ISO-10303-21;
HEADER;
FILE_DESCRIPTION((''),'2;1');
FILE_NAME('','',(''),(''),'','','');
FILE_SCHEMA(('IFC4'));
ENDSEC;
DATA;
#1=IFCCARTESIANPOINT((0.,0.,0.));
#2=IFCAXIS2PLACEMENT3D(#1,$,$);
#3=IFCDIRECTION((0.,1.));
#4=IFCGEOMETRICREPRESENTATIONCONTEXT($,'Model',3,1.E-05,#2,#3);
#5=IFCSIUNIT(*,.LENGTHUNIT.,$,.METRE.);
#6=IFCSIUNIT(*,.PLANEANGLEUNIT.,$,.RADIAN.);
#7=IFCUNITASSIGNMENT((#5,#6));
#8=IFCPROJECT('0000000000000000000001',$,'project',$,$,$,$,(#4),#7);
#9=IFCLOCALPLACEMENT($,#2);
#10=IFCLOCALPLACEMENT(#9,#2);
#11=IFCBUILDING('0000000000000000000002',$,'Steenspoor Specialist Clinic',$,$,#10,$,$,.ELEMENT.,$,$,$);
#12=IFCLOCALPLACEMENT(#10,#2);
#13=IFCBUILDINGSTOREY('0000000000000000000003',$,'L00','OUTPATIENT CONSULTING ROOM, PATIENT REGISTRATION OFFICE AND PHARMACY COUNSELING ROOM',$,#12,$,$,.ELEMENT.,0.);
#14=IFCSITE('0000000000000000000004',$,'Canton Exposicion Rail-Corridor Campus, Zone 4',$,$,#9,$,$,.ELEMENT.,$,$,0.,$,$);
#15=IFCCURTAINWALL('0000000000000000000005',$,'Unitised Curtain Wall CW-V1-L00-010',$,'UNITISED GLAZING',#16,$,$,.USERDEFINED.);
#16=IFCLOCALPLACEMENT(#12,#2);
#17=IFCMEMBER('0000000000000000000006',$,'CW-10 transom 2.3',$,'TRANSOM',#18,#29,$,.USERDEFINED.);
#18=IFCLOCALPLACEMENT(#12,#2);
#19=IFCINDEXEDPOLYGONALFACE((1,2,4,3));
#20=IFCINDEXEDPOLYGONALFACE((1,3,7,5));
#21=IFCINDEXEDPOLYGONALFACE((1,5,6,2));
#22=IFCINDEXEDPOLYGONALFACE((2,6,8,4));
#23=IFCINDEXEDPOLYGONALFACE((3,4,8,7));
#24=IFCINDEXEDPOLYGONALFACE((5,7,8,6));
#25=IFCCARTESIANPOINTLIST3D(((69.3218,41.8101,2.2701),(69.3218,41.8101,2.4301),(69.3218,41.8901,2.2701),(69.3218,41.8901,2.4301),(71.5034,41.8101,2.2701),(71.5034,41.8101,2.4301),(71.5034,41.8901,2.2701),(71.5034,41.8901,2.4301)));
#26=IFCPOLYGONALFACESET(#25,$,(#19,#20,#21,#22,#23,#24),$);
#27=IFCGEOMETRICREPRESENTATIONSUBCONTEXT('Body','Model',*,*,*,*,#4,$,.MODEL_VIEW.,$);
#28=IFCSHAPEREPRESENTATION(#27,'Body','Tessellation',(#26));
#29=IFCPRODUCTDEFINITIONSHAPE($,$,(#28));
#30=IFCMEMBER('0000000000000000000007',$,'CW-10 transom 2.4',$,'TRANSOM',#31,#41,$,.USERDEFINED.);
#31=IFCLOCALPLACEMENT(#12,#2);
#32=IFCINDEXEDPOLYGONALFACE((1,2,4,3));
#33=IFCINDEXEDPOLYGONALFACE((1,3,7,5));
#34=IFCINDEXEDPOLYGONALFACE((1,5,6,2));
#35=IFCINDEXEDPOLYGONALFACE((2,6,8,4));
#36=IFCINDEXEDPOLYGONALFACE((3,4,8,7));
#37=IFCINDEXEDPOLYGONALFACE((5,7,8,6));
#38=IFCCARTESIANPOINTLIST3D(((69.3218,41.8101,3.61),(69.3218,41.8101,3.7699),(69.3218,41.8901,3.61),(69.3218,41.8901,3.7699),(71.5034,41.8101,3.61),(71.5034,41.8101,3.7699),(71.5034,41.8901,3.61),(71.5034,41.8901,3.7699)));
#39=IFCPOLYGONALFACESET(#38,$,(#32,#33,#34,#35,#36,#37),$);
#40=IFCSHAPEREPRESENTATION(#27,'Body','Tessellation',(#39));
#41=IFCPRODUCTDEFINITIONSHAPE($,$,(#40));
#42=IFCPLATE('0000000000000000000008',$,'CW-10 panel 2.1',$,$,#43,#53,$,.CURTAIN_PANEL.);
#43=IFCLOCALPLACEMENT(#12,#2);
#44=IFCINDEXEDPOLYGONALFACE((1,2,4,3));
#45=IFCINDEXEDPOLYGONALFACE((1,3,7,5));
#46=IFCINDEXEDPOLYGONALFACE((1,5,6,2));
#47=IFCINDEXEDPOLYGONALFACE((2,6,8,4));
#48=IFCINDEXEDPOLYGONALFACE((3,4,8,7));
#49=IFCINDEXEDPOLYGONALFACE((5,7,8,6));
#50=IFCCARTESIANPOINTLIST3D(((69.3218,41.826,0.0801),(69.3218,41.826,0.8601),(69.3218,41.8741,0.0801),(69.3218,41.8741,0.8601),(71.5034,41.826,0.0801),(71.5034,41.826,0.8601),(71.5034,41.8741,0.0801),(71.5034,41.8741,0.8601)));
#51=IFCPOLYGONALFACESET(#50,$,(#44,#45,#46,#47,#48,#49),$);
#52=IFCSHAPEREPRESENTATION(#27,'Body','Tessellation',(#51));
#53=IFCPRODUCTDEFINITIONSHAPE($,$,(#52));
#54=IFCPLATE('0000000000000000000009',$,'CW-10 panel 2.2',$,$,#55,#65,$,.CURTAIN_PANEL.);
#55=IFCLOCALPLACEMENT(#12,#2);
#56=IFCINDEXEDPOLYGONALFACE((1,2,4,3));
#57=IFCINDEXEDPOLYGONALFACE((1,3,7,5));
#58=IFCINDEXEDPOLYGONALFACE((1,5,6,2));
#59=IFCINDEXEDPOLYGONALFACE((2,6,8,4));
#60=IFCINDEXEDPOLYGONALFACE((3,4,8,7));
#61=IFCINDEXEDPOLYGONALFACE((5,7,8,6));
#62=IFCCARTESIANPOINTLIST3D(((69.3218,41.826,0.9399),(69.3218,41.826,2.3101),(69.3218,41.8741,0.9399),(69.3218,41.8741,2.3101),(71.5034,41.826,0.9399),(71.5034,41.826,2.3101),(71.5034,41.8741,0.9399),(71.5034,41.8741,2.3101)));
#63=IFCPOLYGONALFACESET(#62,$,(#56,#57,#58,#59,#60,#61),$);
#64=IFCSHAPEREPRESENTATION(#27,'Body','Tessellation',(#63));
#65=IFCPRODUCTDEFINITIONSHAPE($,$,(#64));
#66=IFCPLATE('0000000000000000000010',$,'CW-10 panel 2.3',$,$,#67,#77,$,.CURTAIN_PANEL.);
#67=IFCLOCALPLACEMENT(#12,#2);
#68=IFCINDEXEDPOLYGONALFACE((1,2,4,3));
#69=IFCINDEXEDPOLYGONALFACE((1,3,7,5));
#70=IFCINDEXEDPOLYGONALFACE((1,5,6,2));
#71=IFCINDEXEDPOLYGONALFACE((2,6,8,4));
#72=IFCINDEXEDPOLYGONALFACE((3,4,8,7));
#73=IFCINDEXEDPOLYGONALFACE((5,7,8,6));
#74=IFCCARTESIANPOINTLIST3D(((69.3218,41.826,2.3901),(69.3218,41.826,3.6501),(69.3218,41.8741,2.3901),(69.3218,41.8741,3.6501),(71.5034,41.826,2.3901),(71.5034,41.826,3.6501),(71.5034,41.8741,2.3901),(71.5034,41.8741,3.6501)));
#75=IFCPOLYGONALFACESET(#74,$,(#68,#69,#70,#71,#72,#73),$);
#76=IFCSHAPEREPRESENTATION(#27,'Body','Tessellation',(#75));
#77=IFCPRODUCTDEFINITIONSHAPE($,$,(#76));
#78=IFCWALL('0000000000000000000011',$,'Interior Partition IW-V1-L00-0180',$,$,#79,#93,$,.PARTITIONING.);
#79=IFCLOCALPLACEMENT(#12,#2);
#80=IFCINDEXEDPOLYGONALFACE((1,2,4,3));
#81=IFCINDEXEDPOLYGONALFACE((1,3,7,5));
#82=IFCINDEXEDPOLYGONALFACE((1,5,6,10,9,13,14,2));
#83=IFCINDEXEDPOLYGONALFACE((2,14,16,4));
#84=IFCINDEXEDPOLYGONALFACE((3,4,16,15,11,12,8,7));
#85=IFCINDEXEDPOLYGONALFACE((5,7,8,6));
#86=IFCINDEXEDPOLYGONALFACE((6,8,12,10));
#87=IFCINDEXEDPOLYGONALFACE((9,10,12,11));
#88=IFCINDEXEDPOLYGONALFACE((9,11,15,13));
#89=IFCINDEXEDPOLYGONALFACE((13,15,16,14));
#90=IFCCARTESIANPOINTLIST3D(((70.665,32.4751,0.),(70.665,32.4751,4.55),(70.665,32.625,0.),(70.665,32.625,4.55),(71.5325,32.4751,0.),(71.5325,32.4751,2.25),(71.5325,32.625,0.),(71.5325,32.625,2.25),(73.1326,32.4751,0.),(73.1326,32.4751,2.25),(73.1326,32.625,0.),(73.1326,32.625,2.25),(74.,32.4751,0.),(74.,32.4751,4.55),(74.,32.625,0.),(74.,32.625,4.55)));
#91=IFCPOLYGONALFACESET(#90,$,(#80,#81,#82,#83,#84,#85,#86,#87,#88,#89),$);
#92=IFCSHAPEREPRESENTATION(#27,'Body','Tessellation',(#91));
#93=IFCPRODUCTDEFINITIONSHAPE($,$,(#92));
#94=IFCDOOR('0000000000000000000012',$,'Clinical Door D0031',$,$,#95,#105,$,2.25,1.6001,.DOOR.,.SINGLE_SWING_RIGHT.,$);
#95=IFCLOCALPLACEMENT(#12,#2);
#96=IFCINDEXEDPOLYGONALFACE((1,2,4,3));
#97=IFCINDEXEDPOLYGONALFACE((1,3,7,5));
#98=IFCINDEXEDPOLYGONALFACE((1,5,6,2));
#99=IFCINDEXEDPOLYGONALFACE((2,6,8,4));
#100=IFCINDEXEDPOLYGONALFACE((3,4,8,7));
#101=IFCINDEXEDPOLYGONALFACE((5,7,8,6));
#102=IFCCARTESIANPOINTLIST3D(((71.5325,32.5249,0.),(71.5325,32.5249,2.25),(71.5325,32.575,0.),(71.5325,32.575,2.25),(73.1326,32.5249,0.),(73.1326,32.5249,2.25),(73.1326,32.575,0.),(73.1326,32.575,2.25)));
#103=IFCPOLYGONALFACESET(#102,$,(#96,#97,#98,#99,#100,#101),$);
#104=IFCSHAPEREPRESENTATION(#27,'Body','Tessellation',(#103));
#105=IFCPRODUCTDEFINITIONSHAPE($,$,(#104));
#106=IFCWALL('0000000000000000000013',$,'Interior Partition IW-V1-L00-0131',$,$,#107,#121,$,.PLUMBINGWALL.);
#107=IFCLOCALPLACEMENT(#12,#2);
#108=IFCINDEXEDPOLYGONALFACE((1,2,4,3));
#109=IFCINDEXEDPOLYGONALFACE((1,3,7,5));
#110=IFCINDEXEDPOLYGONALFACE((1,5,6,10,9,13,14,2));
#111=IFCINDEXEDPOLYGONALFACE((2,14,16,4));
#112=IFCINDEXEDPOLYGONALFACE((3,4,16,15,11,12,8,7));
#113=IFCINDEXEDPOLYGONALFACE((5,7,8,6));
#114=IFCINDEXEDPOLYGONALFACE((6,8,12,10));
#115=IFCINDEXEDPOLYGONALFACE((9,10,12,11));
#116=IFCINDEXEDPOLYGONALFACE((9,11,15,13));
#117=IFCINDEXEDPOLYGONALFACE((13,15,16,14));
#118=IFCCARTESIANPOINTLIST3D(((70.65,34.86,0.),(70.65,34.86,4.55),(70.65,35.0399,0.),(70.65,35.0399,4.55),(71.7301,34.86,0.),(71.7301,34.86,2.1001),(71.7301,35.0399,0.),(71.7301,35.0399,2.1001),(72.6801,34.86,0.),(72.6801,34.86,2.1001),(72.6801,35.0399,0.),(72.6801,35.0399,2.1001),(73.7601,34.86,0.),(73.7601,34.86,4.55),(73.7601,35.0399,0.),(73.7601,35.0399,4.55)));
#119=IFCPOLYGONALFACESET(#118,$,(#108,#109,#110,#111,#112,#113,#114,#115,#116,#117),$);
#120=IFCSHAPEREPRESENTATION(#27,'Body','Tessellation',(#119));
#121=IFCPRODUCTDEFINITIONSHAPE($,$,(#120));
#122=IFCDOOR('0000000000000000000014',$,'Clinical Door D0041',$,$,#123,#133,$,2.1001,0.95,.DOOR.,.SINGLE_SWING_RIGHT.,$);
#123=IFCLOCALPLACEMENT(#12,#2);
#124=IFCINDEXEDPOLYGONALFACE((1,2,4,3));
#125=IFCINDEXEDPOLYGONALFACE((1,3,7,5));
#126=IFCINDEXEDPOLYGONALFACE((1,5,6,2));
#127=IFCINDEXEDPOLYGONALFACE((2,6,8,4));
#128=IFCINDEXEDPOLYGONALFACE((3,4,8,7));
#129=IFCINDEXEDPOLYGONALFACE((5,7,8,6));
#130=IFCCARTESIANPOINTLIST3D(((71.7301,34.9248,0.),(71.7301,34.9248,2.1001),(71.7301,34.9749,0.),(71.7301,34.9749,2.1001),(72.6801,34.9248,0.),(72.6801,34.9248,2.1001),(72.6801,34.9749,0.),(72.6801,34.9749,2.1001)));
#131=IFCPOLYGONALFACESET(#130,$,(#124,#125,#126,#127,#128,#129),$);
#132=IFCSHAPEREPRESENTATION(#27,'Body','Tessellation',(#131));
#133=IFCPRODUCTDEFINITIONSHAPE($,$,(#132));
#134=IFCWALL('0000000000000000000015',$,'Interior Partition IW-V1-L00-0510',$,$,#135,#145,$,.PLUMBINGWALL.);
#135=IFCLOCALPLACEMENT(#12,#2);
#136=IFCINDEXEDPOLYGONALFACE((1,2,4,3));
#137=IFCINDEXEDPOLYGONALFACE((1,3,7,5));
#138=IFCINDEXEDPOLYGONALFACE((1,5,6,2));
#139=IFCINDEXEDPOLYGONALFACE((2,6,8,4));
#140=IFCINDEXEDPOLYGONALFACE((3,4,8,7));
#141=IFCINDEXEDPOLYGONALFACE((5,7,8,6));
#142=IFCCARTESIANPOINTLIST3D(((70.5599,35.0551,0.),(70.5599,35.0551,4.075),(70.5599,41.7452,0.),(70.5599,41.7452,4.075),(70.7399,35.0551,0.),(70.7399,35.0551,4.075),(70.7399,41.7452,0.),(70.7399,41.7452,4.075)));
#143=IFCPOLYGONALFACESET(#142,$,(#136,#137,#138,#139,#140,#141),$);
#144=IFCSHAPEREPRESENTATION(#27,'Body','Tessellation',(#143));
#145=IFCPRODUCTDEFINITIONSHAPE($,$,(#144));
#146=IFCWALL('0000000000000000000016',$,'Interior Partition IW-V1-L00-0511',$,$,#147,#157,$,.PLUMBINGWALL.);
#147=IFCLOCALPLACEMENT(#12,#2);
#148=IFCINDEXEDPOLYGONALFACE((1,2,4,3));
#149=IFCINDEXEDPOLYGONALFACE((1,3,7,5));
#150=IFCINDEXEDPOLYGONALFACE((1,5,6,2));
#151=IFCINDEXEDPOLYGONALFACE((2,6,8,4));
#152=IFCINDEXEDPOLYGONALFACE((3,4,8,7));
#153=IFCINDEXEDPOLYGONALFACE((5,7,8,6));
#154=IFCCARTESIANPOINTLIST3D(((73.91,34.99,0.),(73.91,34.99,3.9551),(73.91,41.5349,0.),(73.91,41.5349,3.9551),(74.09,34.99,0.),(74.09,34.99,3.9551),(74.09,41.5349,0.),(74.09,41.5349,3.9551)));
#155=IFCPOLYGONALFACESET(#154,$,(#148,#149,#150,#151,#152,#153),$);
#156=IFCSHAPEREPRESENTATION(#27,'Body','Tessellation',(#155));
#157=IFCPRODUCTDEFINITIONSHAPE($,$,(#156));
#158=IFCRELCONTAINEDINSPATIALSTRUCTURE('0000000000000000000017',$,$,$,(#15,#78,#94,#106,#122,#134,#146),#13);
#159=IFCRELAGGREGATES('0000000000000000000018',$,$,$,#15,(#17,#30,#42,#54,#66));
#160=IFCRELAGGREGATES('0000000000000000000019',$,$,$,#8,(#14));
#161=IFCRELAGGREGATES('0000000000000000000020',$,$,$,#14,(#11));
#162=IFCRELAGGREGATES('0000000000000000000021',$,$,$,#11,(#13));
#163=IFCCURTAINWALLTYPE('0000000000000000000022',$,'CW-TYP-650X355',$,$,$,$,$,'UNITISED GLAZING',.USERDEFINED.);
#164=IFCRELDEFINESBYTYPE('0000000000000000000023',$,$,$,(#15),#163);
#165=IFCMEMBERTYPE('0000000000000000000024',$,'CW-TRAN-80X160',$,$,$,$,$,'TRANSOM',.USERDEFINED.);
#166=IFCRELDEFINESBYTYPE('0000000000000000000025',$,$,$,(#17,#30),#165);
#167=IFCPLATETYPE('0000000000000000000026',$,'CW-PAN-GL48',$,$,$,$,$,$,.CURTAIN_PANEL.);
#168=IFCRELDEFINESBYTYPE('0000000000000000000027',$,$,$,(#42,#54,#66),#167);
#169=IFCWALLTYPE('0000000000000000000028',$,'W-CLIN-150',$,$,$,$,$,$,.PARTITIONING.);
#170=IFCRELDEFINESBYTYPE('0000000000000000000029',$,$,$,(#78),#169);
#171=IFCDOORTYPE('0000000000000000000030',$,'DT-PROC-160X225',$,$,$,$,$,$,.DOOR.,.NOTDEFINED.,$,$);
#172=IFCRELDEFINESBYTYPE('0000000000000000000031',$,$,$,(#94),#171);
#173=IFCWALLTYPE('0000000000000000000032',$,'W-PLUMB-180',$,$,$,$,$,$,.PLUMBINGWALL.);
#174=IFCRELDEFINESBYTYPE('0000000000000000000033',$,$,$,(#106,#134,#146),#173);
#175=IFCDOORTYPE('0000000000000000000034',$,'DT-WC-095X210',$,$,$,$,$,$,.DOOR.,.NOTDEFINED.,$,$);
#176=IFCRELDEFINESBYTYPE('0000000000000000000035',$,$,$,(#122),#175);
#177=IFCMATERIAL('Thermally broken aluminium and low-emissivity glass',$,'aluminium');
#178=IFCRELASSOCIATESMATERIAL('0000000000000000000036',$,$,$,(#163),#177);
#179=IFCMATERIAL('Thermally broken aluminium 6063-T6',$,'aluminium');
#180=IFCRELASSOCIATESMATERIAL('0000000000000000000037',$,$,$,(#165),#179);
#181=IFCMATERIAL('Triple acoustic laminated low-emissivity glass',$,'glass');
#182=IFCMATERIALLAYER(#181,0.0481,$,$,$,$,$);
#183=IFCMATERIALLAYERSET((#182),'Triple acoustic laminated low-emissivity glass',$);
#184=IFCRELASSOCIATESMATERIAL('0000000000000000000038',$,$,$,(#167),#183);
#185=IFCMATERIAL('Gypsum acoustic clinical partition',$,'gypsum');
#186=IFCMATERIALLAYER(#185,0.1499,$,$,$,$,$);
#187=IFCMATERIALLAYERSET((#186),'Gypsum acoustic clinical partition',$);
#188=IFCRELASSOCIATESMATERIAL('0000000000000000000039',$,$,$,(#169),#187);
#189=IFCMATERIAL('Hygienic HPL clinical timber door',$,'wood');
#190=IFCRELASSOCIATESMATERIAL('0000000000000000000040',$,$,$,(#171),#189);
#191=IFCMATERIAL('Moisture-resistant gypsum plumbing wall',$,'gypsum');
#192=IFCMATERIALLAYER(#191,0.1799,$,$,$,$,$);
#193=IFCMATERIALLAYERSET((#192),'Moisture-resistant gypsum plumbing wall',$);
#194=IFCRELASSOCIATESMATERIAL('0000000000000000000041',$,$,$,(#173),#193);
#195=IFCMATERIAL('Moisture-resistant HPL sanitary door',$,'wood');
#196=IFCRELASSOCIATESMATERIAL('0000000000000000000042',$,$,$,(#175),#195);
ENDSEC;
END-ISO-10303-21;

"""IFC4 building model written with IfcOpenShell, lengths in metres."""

from ifc_helpers import new_model, si_unit, direction, frame, frame_2d, origin, origin_2d, place, context, subcontext, project, spatial, rectangle, extrude, material, layer, layer_set, material_profile, profile_set, type_object, element, fill, aggregate, save


model = new_model("IFC4")

# Units and contexts
model_context = context("Model", 3, precision=1e-05, world=origin(), true_north=direction((0.0, 1.0)))
body_context = subcontext(model_context, "Body", "Model", "MODEL_VIEW")
ifc_project = project(units=[si_unit("LENGTHUNIT", "METRE"), si_unit("PLANEANGLEUNIT", "RADIAN")], contexts=[model_context])

# Site, building, storey
site_placement = place(None, origin())
site = spatial("IfcSite", under=ifc_project, at=site_placement, Name="Canton Exposicion Rail-Corridor Campus, Zone 4", CompositionType="ELEMENT", RefElevation=0.0)
building_placement = place(site_placement, origin())
building = spatial("IfcBuilding", under=site, at=building_placement, Name="Steenspoor Specialist Clinic", CompositionType="ELEMENT")
storey_placement = place(building_placement, origin())
storey = spatial("IfcBuildingStorey", under=building, at=storey_placement, Name="L00", Description="OUTPATIENT CONSULTING ROOM, PATIENT REGISTRATION OFFICE AND PHARMACY COUNSELING ROOM", CompositionType="ELEMENT", Elevation=0.0)

# Curtain wall, members, plates
ifc_material_1 = material(Name="Thermally broken aluminium and low-emissivity glass", Category="aluminium")
curtain_wall_type = type_object("IfcCurtainWallType", Name="CW-TYP-650X355", ElementType="UNITISED GLAZING", PredefinedType="USERDEFINED", material=ifc_material_1)
curtain_wall_placement = place(storey_placement, origin())
curtain_wall = element("IfcCurtainWall", 1, at=curtain_wall_placement, inside=storey, type_object=curtain_wall_type, Name="Unitised Curtain Wall CW-V1-L00-010", ObjectType="UNITISED GLAZING", PredefinedType="USERDEFINED")
ifc_material_2 = material(Name="Thermally broken aluminium 6063-T6", Category="aluminium")
ifc_material_profile_1 = material_profile(ifc_material_2, rectangle(XDim=0.0801, YDim=0.1599, at=origin_2d()), Name="CWT-80X160")
ifc_profile_set_1 = profile_set([ifc_material_profile_1], Name="Thermally broken aluminium 6063-T6")
member_type_1 = type_object("IfcMemberType", Name="CW-TRAN-80X160", ElementType="TRANSOM", PredefinedType="USERDEFINED", material=ifc_profile_set_1)
member_1_placement = place(storey_placement, frame((69.3218, 41.8501, 2.3501), z_axis=(1.0, 0.0, 0.0), x_axis=(0.0, 1.0, 0.0)))
member_1 = element("IfcMember", 2, at=member_1_placement, type_object=member_type_1, Name="CW-10 transom 2.3", ObjectType="TRANSOM", PredefinedType="USERDEFINED", context=body_context, shape_type="SweptSolid", body=[
    extrude(rectangle(XDim=0.0801, YDim=0.1599, at=origin_2d()), origin(), (0.0, 0.0, 1.0), 2.1816),
])
member_2_placement = place(storey_placement, frame((69.3218, 41.8501, 3.6899), z_axis=(1.0, 0.0, 0.0), x_axis=(0.0, 1.0, 0.0)))
member_2 = element("IfcMember", 3, at=member_2_placement, type_object=member_type_1, Name="CW-10 transom 2.4", ObjectType="TRANSOM", PredefinedType="USERDEFINED", context=body_context, shape_type="SweptSolid", body=[
    extrude(rectangle(XDim=0.0801, YDim=0.1599, at=origin_2d()), origin(), (0.0, 0.0, 1.0), 2.1816),
])
ifc_material_3 = material(Name="Triple acoustic laminated low-emissivity glass", Category="glass")
ifc_layer_1 = layer(ifc_material_3, 0.0481)
ifc_layer_set_1 = layer_set([ifc_layer_1], Name="Triple acoustic laminated low-emissivity glass")
plate_type = type_object("IfcPlateType", Name="CW-PAN-GL48", PredefinedType="CURTAIN_PANEL", material=ifc_layer_set_1)
plate_1_placement = place(storey_placement, frame((70.4126, 41.8501, 0.0801), z_axis=(0.0, 0.0, 1.0), x_axis=(1.0, 0.0, 0.0)))
plate_1 = element("IfcPlate", 4, at=plate_1_placement, type_object=plate_type, Name="CW-10 panel 2.1", PredefinedType="CURTAIN_PANEL", context=body_context, shape_type="SweptSolid", body=[
    extrude(rectangle(XDim=2.1816, YDim=0.0481, at=origin_2d()), origin(), (0.0, 0.0, 1.0), 0.78),
])
plate_2_placement = place(storey_placement, frame((70.4126, 41.8501, 0.9399), z_axis=(0.0, 0.0, 1.0), x_axis=(1.0, 0.0, 0.0)))
plate_2 = element("IfcPlate", 5, at=plate_2_placement, type_object=plate_type, Name="CW-10 panel 2.2", PredefinedType="CURTAIN_PANEL", context=body_context, shape_type="SweptSolid", body=[
    extrude(rectangle(XDim=2.1816, YDim=0.0481, at=origin_2d()), origin(), (0.0, 0.0, 1.0), 1.3701),
])
plate_3_placement = place(storey_placement, frame((70.4126, 41.8501, 2.3901), z_axis=(0.0, 0.0, 1.0), x_axis=(1.0, 0.0, 0.0)))
plate_3 = element("IfcPlate", 6, at=plate_3_placement, type_object=plate_type, Name="CW-10 panel 2.3", PredefinedType="CURTAIN_PANEL", context=body_context, shape_type="SweptSolid", body=[
    extrude(rectangle(XDim=2.1816, YDim=0.0481, at=origin_2d()), origin(), (0.0, 0.0, 1.0), 1.26),
])
aggregate(curtain_wall, [member_1, member_2, plate_1, plate_2, plate_3])

# Walls, openings, doors
ifc_material_4 = material(Name="Gypsum acoustic clinical partition", Category="gypsum")
ifc_layer_2 = layer(ifc_material_4, 0.1499)
ifc_layer_set_2 = layer_set([ifc_layer_2], Name="Gypsum acoustic clinical partition")
wall_type_1 = type_object("IfcWallType", Name="W-CLIN-150", PredefinedType="PARTITIONING", material=ifc_layer_set_2)
wall_1_placement = place(storey_placement, frame((70.665, 32.55, 0.0), z_axis=(0.0, 0.0, 1.0), x_axis=(1.0, 0.0, 0.0)))
wall_1 = element("IfcWall", 7, at=wall_1_placement, inside=storey, type_object=wall_type_1, Name="Interior Partition IW-V1-L00-0180", PredefinedType="PARTITIONING", context=body_context, shape_type="SweptSolid", body=[
    extrude(rectangle(XDim=3.335, YDim=0.1499, at=frame_2d((1.6675, 0.0))), origin(), (0.0, 0.0, 1.0), 4.55),
])
opening_1_placement = place(wall_1_placement, frame((0.8674, 0.0, 0.0)))
opening_1 = element("IfcOpeningElement", 8, at=opening_1_placement, cuts=wall_1, PredefinedType="OPENING", context=body_context, shape_type="SweptSolid", body=[
    extrude(rectangle(XDim=1.6001, YDim=2.25, at=frame_2d((0.8, 1.125))), frame((0.0, 0.085, 0.0), z_axis=(0.0, -1.0, 0.0), x_axis=(1.0, 0.0, 0.0)), (0.0, 0.0, 1.0), 0.1699),
])
ifc_material_5 = material(Name="Hygienic HPL clinical timber door", Category="wood")
door_type_1 = type_object("IfcDoorType", Name="DT-PROC-160X225", OperationType="NOTDEFINED", PredefinedType="DOOR", material=ifc_material_5)
door_1_placement = place(opening_1_placement, origin())
door_1 = element("IfcDoor", 9, at=door_1_placement, inside=storey, type_object=door_type_1, Name="Clinical Door D0031", OperationType="SINGLE_SWING_RIGHT", OverallHeight=2.25, OverallWidth=1.6001, PredefinedType="DOOR", context=body_context, shape_type="SweptSolid", body=[
    extrude(rectangle(XDim=1.6001, YDim=2.25, at=frame_2d((0.8, 1.125))), frame((0.0, 0.0249, 0.0), z_axis=(0.0, -1.0, 0.0), x_axis=(1.0, 0.0, 0.0)), (0.0, 0.0, 1.0), 0.05),
])
fill(opening_1, door_1)
ifc_material_6 = material(Name="Moisture-resistant gypsum plumbing wall", Category="gypsum")
ifc_layer_3 = layer(ifc_material_6, 0.1799)
ifc_layer_set_3 = layer_set([ifc_layer_3], Name="Moisture-resistant gypsum plumbing wall")
wall_type_2 = type_object("IfcWallType", Name="W-PLUMB-180", PredefinedType="PLUMBINGWALL", material=ifc_layer_set_3)
wall_2_placement = place(storey_placement, frame((70.6499, 34.95, 0.0), z_axis=(0.0, 0.0, 1.0), x_axis=(1.0, 0.0, 0.0)))
wall_2 = element("IfcWall", 10, at=wall_2_placement, inside=storey, type_object=wall_type_2, Name="Interior Partition IW-V1-L00-0131", PredefinedType="PLUMBINGWALL", context=body_context, shape_type="SweptSolid", body=[
    extrude(rectangle(XDim=3.1101, YDim=0.1799, at=frame_2d((1.5552, 0.0))), origin(), (0.0, 0.0, 1.0), 4.55),
])
opening_2_placement = place(wall_2_placement, frame((1.0801, 0.0, 0.0)))
opening_2 = element("IfcOpeningElement", 11, at=opening_2_placement, cuts=wall_2, PredefinedType="OPENING", context=body_context, shape_type="SweptSolid", body=[
    extrude(rectangle(XDim=0.95, YDim=2.1001, at=frame_2d((0.4751, 1.05))), frame((0.0, 0.1001, 0.0), z_axis=(0.0, -1.0, 0.0), x_axis=(1.0, 0.0, 0.0)), (0.0, 0.0, 1.0), 0.2),
])
ifc_material_7 = material(Name="Moisture-resistant HPL sanitary door", Category="wood")
door_type_2 = type_object("IfcDoorType", Name="DT-WC-095X210", OperationType="NOTDEFINED", PredefinedType="DOOR", material=ifc_material_7)
door_2_placement = place(opening_2_placement, origin())
door_2 = element("IfcDoor", 12, at=door_2_placement, inside=storey, type_object=door_type_2, Name="Clinical Door D0041", OperationType="SINGLE_SWING_RIGHT", OverallHeight=2.1001, OverallWidth=0.95, PredefinedType="DOOR", context=body_context, shape_type="SweptSolid", body=[
    extrude(rectangle(XDim=0.95, YDim=2.1001, at=frame_2d((0.4751, 1.05))), frame((0.0, 0.0249, 0.0), z_axis=(0.0, -1.0, 0.0), x_axis=(1.0, 0.0, 0.0)), (0.0, 0.0, 1.0), 0.05),
])
fill(opening_2, door_2)

# Walls
wall_3_placement = place(storey_placement, frame((70.6499, 35.0549, 0.0), z_axis=(0.0, 0.0, 1.0), x_axis=(0.0, 1.0, 0.0)))
element("IfcWall", 13, at=wall_3_placement, inside=storey, type_object=wall_type_2, Name="Interior Partition IW-V1-L00-0510", PredefinedType="PLUMBINGWALL", context=body_context, shape_type="SweptSolid", body=[
    extrude(rectangle(XDim=6.6902, YDim=0.1799, at=frame_2d((3.3452, 0.0))), origin(), (0.0, 0.0, 1.0), 4.075),
])
wall_4_placement = place(storey_placement, frame((74.0, 34.99, 0.0), z_axis=(0.0, 0.0, 1.0), x_axis=(0.0, 1.0, 0.0)))
element("IfcWall", 14, at=wall_4_placement, inside=storey, type_object=wall_type_2, Name="Interior Partition IW-V1-L00-0511", PredefinedType="PLUMBINGWALL", context=body_context, shape_type="SweptSolid", body=[
    extrude(rectangle(XDim=6.5449, YDim=0.1799, at=frame_2d((3.2725, 0.0))), origin(), (0.0, 0.0, 1.0), 3.9551),
])

save(model, "model.ifc")
